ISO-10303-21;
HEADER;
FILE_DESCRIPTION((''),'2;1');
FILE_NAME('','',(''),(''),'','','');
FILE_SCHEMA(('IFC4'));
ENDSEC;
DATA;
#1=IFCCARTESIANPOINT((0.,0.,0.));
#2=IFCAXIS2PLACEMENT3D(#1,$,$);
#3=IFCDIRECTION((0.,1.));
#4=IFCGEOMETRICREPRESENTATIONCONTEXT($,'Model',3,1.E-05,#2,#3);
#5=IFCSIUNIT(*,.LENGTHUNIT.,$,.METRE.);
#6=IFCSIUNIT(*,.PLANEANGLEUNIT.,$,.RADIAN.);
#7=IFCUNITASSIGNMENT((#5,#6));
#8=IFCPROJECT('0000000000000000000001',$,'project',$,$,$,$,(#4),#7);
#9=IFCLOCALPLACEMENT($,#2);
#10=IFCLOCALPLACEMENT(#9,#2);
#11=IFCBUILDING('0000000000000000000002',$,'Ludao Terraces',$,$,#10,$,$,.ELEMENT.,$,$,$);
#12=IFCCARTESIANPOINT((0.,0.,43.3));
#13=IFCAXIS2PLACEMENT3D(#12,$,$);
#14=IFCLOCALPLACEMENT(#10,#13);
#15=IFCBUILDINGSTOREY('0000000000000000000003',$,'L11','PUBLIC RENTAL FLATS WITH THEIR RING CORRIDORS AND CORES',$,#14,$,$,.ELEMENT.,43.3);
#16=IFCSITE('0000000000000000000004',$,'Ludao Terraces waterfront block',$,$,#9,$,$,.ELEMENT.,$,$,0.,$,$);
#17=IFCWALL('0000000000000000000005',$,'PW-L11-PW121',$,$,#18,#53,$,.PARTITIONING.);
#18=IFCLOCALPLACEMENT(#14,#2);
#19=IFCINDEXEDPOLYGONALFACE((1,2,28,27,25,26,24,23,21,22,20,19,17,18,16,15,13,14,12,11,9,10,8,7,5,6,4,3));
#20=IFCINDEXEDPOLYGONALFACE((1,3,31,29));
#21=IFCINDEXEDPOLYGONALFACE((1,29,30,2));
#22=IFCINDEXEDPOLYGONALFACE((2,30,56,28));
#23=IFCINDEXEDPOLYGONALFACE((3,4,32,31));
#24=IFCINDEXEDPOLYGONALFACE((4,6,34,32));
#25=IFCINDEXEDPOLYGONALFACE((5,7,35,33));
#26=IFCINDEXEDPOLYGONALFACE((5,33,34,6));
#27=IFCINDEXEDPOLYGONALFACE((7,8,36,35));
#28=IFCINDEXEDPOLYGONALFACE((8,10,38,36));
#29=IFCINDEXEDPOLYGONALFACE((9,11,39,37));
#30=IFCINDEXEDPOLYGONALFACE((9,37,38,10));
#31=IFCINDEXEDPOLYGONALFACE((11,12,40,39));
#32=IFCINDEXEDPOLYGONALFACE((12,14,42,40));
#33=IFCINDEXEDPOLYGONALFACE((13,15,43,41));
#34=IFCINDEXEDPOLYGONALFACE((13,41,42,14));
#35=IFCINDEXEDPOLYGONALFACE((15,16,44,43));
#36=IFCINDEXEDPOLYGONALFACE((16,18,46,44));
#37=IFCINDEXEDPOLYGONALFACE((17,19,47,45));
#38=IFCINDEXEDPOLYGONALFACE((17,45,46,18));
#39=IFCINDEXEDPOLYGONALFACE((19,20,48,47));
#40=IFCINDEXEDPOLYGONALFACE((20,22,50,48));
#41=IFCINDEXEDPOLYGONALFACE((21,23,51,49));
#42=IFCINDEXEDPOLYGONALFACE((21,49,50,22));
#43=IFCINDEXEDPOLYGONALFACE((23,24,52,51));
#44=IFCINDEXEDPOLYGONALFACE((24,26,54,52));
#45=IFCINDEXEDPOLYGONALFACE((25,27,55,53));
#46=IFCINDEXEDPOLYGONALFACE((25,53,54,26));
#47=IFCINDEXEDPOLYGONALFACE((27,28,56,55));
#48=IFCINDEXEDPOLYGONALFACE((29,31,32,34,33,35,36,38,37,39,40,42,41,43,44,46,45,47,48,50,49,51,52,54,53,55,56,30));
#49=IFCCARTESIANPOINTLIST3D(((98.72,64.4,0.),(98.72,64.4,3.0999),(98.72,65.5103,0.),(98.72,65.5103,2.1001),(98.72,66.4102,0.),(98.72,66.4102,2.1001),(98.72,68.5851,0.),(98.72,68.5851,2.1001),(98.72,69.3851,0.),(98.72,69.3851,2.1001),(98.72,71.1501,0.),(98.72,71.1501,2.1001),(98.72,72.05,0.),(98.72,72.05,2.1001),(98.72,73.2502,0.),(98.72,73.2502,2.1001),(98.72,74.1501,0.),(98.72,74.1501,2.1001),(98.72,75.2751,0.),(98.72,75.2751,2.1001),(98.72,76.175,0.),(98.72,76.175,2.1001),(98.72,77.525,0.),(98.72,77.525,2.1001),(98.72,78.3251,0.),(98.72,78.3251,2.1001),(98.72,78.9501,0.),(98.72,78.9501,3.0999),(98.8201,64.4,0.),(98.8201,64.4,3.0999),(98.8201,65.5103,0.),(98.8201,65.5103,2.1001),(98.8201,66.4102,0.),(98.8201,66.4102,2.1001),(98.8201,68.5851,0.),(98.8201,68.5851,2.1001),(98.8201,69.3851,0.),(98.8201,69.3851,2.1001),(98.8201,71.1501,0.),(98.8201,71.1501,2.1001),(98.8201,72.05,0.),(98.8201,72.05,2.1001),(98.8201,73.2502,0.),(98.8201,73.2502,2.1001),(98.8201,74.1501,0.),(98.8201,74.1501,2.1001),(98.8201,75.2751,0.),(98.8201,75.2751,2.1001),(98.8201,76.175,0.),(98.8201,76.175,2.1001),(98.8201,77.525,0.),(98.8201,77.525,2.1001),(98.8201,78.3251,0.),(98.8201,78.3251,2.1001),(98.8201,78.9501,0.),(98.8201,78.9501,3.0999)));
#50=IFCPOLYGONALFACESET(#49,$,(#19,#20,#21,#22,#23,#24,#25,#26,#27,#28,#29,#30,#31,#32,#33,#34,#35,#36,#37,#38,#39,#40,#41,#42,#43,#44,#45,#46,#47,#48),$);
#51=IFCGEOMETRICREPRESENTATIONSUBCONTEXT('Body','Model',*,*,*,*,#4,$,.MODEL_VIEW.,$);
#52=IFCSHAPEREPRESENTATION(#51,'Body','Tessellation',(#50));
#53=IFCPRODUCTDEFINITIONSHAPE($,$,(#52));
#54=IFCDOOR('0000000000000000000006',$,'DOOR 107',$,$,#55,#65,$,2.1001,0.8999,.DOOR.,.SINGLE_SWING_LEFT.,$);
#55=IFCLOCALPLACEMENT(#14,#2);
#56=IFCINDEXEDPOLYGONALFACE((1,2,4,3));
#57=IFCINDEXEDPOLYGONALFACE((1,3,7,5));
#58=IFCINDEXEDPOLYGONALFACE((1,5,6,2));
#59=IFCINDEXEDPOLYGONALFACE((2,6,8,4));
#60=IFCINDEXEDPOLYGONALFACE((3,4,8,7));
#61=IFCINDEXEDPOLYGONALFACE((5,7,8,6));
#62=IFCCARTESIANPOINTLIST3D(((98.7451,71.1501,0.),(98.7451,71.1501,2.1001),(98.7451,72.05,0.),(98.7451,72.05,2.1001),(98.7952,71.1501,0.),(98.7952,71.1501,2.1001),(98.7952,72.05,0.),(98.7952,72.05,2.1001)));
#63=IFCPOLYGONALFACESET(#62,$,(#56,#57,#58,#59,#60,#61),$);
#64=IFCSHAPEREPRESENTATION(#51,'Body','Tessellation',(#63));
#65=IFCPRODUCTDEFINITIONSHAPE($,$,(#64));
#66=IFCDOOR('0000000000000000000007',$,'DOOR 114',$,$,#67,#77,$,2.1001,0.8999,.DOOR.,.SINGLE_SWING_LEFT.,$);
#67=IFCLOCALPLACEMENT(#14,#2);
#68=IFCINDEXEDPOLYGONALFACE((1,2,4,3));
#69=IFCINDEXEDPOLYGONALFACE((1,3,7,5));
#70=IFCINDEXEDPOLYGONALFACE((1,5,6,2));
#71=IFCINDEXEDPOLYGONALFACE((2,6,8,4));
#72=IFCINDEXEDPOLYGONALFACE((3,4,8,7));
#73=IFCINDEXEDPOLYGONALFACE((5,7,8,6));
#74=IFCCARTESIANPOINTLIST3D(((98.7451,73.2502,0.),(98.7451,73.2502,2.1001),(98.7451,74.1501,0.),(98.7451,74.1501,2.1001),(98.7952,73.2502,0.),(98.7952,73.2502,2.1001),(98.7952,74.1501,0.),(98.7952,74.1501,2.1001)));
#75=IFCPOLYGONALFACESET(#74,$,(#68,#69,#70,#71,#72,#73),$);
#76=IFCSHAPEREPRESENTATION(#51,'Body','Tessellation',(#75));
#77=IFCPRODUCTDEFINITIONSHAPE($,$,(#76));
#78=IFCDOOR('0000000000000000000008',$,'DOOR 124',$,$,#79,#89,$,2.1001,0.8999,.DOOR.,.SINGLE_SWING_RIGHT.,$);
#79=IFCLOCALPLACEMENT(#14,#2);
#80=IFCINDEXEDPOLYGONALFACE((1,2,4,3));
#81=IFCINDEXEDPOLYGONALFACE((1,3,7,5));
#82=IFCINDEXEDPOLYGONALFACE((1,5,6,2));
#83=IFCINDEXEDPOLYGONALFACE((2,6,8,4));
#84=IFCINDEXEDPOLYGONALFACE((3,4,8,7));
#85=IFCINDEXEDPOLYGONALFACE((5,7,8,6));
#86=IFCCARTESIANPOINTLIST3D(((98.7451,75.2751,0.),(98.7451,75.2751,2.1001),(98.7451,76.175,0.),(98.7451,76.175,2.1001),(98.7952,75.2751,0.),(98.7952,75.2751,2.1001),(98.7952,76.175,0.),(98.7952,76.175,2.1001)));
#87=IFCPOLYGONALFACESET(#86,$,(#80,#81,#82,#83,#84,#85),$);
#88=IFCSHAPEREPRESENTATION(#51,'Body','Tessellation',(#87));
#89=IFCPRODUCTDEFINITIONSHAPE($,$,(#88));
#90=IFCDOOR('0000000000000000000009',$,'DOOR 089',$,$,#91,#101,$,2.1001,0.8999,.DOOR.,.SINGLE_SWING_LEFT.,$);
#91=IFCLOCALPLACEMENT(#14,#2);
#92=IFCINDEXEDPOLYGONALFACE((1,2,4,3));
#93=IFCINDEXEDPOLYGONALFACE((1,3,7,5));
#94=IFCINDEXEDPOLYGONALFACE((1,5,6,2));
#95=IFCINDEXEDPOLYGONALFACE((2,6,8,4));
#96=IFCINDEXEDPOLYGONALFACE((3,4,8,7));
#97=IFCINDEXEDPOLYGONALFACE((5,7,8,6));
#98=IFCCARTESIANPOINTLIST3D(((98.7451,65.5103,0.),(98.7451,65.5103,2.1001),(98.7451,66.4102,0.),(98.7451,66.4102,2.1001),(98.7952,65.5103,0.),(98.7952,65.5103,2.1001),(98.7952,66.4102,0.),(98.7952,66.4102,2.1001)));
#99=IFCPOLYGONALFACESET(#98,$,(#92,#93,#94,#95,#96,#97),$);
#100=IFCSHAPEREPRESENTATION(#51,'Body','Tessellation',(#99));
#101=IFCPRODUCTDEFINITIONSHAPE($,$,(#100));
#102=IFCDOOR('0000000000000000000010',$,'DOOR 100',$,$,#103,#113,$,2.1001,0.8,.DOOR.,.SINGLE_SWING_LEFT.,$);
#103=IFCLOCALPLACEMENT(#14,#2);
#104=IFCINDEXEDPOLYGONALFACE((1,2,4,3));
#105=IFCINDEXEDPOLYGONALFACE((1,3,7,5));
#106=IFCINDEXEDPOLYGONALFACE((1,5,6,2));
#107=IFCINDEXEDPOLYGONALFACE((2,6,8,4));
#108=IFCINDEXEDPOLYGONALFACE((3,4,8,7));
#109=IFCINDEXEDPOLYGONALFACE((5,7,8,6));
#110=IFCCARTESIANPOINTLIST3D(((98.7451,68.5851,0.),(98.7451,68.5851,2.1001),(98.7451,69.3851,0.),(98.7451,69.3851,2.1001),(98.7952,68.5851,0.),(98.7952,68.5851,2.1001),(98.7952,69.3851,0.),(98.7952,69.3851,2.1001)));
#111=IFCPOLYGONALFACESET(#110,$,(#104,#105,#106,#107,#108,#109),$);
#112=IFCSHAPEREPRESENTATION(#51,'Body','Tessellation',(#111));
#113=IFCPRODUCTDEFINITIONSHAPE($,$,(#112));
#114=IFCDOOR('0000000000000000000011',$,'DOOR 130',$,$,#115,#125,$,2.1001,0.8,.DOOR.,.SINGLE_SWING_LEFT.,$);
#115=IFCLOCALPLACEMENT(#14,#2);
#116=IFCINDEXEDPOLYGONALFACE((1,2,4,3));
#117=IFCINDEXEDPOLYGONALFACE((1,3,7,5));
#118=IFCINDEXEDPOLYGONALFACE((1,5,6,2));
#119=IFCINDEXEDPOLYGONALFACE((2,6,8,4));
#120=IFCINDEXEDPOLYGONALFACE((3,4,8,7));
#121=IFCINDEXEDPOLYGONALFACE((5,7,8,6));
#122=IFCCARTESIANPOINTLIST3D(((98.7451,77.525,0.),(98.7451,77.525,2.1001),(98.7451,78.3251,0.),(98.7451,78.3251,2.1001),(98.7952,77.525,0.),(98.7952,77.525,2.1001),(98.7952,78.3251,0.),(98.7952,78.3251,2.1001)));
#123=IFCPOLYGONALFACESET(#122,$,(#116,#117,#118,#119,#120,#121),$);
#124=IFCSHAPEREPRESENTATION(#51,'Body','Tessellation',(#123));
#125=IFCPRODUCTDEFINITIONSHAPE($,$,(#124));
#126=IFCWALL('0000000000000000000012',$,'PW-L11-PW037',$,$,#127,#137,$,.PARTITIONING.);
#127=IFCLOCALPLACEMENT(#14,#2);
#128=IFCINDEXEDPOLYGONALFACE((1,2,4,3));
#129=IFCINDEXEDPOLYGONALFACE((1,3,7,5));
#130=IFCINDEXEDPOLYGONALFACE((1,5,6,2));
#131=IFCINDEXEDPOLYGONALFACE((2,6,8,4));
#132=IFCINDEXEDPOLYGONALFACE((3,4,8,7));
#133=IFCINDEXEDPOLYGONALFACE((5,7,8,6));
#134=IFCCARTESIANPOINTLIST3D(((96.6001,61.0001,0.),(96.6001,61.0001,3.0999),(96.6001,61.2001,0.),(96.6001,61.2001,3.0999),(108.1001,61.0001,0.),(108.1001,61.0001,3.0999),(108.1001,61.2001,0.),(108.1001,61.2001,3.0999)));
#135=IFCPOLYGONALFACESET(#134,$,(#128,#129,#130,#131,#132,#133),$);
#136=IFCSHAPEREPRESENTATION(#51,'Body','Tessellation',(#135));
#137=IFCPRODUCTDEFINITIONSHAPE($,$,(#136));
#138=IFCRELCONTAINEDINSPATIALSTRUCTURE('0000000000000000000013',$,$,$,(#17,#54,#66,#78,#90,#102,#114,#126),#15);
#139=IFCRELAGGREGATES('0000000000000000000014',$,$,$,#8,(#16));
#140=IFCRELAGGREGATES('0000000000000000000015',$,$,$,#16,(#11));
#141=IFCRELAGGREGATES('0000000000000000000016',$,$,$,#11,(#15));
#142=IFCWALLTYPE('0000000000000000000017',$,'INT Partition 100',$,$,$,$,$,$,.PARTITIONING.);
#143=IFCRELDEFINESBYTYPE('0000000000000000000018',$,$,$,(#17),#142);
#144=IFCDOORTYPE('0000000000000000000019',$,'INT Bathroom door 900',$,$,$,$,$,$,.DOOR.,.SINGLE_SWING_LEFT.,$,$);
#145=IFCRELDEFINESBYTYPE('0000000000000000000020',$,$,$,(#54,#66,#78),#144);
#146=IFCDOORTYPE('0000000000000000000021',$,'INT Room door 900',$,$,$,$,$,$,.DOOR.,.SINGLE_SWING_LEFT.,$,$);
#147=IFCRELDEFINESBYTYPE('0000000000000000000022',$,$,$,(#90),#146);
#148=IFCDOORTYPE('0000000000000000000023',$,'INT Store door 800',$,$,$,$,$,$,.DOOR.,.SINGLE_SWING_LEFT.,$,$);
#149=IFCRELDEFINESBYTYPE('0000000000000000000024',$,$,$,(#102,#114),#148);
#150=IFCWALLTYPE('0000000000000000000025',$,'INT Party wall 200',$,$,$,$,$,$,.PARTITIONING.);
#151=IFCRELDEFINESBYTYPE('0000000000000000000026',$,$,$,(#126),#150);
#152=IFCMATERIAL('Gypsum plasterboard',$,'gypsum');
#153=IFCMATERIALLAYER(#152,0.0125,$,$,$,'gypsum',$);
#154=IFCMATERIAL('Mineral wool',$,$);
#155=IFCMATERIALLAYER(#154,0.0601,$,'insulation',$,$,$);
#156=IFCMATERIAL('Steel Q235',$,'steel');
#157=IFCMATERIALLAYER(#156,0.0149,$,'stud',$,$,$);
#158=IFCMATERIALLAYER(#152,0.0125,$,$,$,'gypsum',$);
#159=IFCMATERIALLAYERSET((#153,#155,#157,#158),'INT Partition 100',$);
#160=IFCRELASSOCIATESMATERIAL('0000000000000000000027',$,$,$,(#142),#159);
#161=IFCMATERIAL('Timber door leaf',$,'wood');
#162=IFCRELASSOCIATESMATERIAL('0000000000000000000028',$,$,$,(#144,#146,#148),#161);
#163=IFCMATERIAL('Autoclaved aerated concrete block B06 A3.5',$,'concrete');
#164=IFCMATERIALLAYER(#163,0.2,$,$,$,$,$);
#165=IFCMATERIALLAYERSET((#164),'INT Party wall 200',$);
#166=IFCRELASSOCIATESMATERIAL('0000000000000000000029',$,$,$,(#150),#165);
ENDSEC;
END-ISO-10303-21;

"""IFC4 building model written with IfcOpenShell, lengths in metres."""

from ifc_helpers import new_model, si_unit, direction, frame, frame_2d, origin, place, context, subcontext, project, spatial, rectangle, extrude, material, layer, layer_set, type_object, element, fill, save


model = new_model("IFC4")

# Units and contexts
model_context = context("Model", 3, precision=1e-05, world=origin(), true_north=direction((0.0, 1.0)))
body_context = subcontext(model_context, "Body", "Model", "MODEL_VIEW")
ifc_project = project(units=[si_unit("LENGTHUNIT", "METRE"), si_unit("PLANEANGLEUNIT", "RADIAN")], contexts=[model_context])

# Site, building, storey
site_placement = place(None, origin())
site = spatial("IfcSite", under=ifc_project, at=site_placement, Name="Ludao Terraces waterfront block", CompositionType="ELEMENT", RefElevation=0.0)
building_placement = place(site_placement, origin())
building = spatial("IfcBuilding", under=site, at=building_placement, Name="Ludao Terraces", CompositionType="ELEMENT")
storey_placement = place(building_placement, frame((0.0, 0.0, 43.3)))
storey = spatial("IfcBuildingStorey", under=building, at=storey_placement, Name="L11", Description="PUBLIC RENTAL FLATS WITH THEIR RING CORRIDORS AND CORES", CompositionType="ELEMENT", Elevation=43.3)

# Shared definitions
ifc_material_1 = material(Name="Autoclaved aerated concrete block B06 A3.5", Category="concrete")
ifc_material_2 = material(Name="Steel Q235", Category="steel")

# Shared definitions
ifc_material_3 = material(Name="Gypsum plasterboard", Category="gypsum")
ifc_layer_1 = layer(ifc_material_3, 0.0125, Category="gypsum")
ifc_material_4 = material(Name="Mineral wool")
ifc_layer_2 = layer(ifc_material_4, 0.0601, Name="insulation")
ifc_layer_3 = layer(ifc_material_2, 0.0149, Name="stud")
ifc_layer_4 = layer(ifc_material_3, 0.0125, Category="gypsum")
ifc_layer_set_1 = layer_set([ifc_layer_1, ifc_layer_2, ifc_layer_3, ifc_layer_4], Name="INT Partition 100")
wall_type_1 = type_object("IfcWallType", Name="INT Partition 100", PredefinedType="PARTITIONING", material=ifc_layer_set_1)

# Wall, openings, doors
ifc_material_5 = material(Name="Timber door leaf", Category="wood")
door_type_1 = type_object("IfcDoorType", Name="INT Bathroom door 900", OperationType="SINGLE_SWING_LEFT", PredefinedType="DOOR", material=ifc_material_5)
door_type_2 = type_object("IfcDoorType", Name="INT Room door 900", OperationType="SINGLE_SWING_LEFT", PredefinedType="DOOR", material=ifc_material_5)
door_type_3 = type_object("IfcDoorType", Name="INT Store door 800", OperationType="SINGLE_SWING_LEFT", PredefinedType="DOOR", material=ifc_material_5)
wall_1_placement = place(storey_placement, frame((98.77, 64.4001, 0.0), z_axis=(0.0, 0.0, 1.0), x_axis=(0.0, 1.0, 0.0)))
wall_1 = element("IfcWall", 1, at=wall_1_placement, inside=storey, type_object=wall_type_1, Name="PW-L11-PW121", PredefinedType="PARTITIONING", context=body_context, shape_type="SweptSolid", body=[
    extrude(rectangle(XDim=14.55, YDim=0.1001, at=frame_2d((7.2749, 0.0))), origin(), (0.0, 0.0, 1.0), 3.0999),
])
opening_1_placement = place(wall_1_placement, frame((1.1101, 0.0, 0.0)))
opening_1 = element("IfcOpeningElement", 2, at=opening_1_placement, cuts=wall_1, PredefinedType="OPENING", context=body_context, shape_type="SweptSolid", body=[
    extrude(rectangle(XDim=0.8999, YDim=2.1001, at=frame_2d((0.45, 1.05))), frame((0.0, 0.0601, 0.0), z_axis=(0.0, -1.0, 0.0), x_axis=(1.0, 0.0, 0.0)), (0.0, 0.0, 1.0), 0.1201),
])
opening_2_placement = place(wall_1_placement, frame((4.1851, 0.0, 0.0)))
opening_2 = element("IfcOpeningElement", 3, at=opening_2_placement, cuts=wall_1, PredefinedType="OPENING", context=body_context, shape_type="SweptSolid", body=[
    extrude(rectangle(XDim=0.8, YDim=2.1001, at=frame_2d((0.3999, 1.05))), frame((0.0, 0.0601, 0.0), z_axis=(0.0, -1.0, 0.0), x_axis=(1.0, 0.0, 0.0)), (0.0, 0.0, 1.0), 0.1201),
])
opening_3_placement = place(wall_1_placement, frame((6.75, 0.0, 0.0)))
opening_3 = element("IfcOpeningElement", 4, at=opening_3_placement, cuts=wall_1, PredefinedType="OPENING", context=body_context, shape_type="SweptSolid", body=[
    extrude(rectangle(XDim=0.8999, YDim=2.1001, at=frame_2d((0.45, 1.05))), frame((0.0, 0.0601, 0.0), z_axis=(0.0, -1.0, 0.0), x_axis=(1.0, 0.0, 0.0)), (0.0, 0.0, 1.0), 0.1201),
])
opening_4_placement = place(wall_1_placement, frame((8.8501, 0.0, 0.0)))
opening_4 = element("IfcOpeningElement", 5, at=opening_4_placement, cuts=wall_1, PredefinedType="OPENING", context=body_context, shape_type="SweptSolid", body=[
    extrude(rectangle(XDim=0.8999, YDim=2.1001, at=frame_2d((0.45, 1.05))), frame((0.0, 0.0601, 0.0), z_axis=(0.0, -1.0, 0.0), x_axis=(1.0, 0.0, 0.0)), (0.0, 0.0, 1.0), 0.1201),
])
opening_5_placement = place(wall_1_placement, frame((10.875, 0.0, 0.0)))
opening_5 = element("IfcOpeningElement", 6, at=opening_5_placement, cuts=wall_1, PredefinedType="OPENING", context=body_context, shape_type="SweptSolid", body=[
    extrude(rectangle(XDim=0.8999, YDim=2.1001, at=frame_2d((0.45, 1.05))), frame((0.0, 0.0601, 0.0), z_axis=(0.0, -1.0, 0.0), x_axis=(1.0, 0.0, 0.0)), (0.0, 0.0, 1.0), 0.1201),
])
opening_6_placement = place(wall_1_placement, frame((13.125, 0.0, 0.0)))
opening_6 = element("IfcOpeningElement", 7, at=opening_6_placement, cuts=wall_1, PredefinedType="OPENING", context=body_context, shape_type="SweptSolid", body=[
    extrude(rectangle(XDim=0.8, YDim=2.1001, at=frame_2d((0.3999, 1.05))), frame((0.0, 0.0601, 0.0), z_axis=(0.0, -1.0, 0.0), x_axis=(1.0, 0.0, 0.0)), (0.0, 0.0, 1.0), 0.1201),
])
door_1_placement = place(opening_3_placement, origin())
door_1 = element("IfcDoor", 8, at=door_1_placement, inside=storey, type_object=door_type_1, Name="DOOR 107", OperationType="SINGLE_SWING_LEFT", OverallHeight=2.1001, OverallWidth=0.8999, PredefinedType="DOOR", context=body_context, shape_type="SweptSolid", body=[
    extrude(rectangle(XDim=0.8999, YDim=2.1001, at=frame_2d((0.45, 1.05))), frame((0.0, 0.0249, 0.0), z_axis=(0.0, -1.0, 0.0), x_axis=(1.0, 0.0, 0.0)), (0.0, 0.0, 1.0), 0.05),
])
fill(opening_3, door_1)
door_2_placement = place(opening_4_placement, origin())
door_2 = element("IfcDoor", 9, at=door_2_placement, inside=storey, type_object=door_type_1, Name="DOOR 114", OperationType="SINGLE_SWING_LEFT", OverallHeight=2.1001, OverallWidth=0.8999, PredefinedType="DOOR", context=body_context, shape_type="SweptSolid", body=[
    extrude(rectangle(XDim=0.8999, YDim=2.1001, at=frame_2d((0.45, 1.05))), frame((0.0, 0.0249, 0.0), z_axis=(0.0, -1.0, 0.0), x_axis=(1.0, 0.0, 0.0)), (0.0, 0.0, 1.0), 0.05),
])
fill(opening_4, door_2)
door_3_placement = place(opening_5_placement, origin())
door_3 = element("IfcDoor", 10, at=door_3_placement, inside=storey, type_object=door_type_1, Name="DOOR 124", OperationType="SINGLE_SWING_RIGHT", OverallHeight=2.1001, OverallWidth=0.8999, PredefinedType="DOOR", context=body_context, shape_type="SweptSolid", body=[
    extrude(rectangle(XDim=0.8999, YDim=2.1001, at=frame_2d((0.45, 1.05))), frame((0.0, 0.0249, 0.0), z_axis=(0.0, -1.0, 0.0), x_axis=(1.0, 0.0, 0.0)), (0.0, 0.0, 1.0), 0.05),
])
fill(opening_5, door_3)
door_4_placement = place(opening_1_placement, origin())
door_4 = element("IfcDoor", 11, at=door_4_placement, inside=storey, type_object=door_type_2, Name="DOOR 089", OperationType="SINGLE_SWING_LEFT", OverallHeight=2.1001, OverallWidth=0.8999, PredefinedType="DOOR", context=body_context, shape_type="SweptSolid", body=[
    extrude(rectangle(XDim=0.8999, YDim=2.1001, at=frame_2d((0.45, 1.05))), frame((0.0, 0.0249, 0.0), z_axis=(0.0, -1.0, 0.0), x_axis=(1.0, 0.0, 0.0)), (0.0, 0.0, 1.0), 0.05),
])
fill(opening_1, door_4)
door_5_placement = place(opening_2_placement, origin())
door_5 = element("IfcDoor", 12, at=door_5_placement, inside=storey, type_object=door_type_3, Name="DOOR 100", OperationType="SINGLE_SWING_LEFT", OverallHeight=2.1001, OverallWidth=0.8, PredefinedType="DOOR", context=body_context, shape_type="SweptSolid", body=[
    extrude(rectangle(XDim=0.8, YDim=2.1001, at=frame_2d((0.3999, 1.05))), frame((0.0, 0.0249, 0.0), z_axis=(0.0, -1.0, 0.0), x_axis=(1.0, 0.0, 0.0)), (0.0, 0.0, 1.0), 0.05),
])
fill(opening_2, door_5)
door_6_placement = place(opening_6_placement, origin())
door_6 = element("IfcDoor", 13, at=door_6_placement, inside=storey, type_object=door_type_3, Name="DOOR 130", OperationType="SINGLE_SWING_LEFT", OverallHeight=2.1001, OverallWidth=0.8, PredefinedType="DOOR", context=body_context, shape_type="SweptSolid", body=[
    extrude(rectangle(XDim=0.8, YDim=2.1001, at=frame_2d((0.3999, 1.05))), frame((0.0, 0.0249, 0.0), z_axis=(0.0, -1.0, 0.0), x_axis=(1.0, 0.0, 0.0)), (0.0, 0.0, 1.0), 0.05),
])
fill(opening_6, door_6)

# Wall
ifc_layer_5 = layer(ifc_material_1, 0.2)
ifc_layer_set_2 = layer_set([ifc_layer_5], Name="INT Party wall 200")
wall_type_2 = type_object("IfcWallType", Name="INT Party wall 200", PredefinedType="PARTITIONING", material=ifc_layer_set_2)
wall_2_placement = place(storey_placement, frame((96.6001, 61.1001, 0.0), z_axis=(0.0, 0.0, 1.0), x_axis=(1.0, 0.0, 0.0)))
element("IfcWall", 14, at=wall_2_placement, inside=storey, type_object=wall_type_2, Name="PW-L11-PW037", PredefinedType="PARTITIONING", context=body_context, shape_type="SweptSolid", body=[
    extrude(rectangle(XDim=11.5, YDim=0.2, at=frame_2d((5.75, 0.0))), origin(), (0.0, 0.0, 1.0), 3.0999),
])

save(model, "model.ifc")
